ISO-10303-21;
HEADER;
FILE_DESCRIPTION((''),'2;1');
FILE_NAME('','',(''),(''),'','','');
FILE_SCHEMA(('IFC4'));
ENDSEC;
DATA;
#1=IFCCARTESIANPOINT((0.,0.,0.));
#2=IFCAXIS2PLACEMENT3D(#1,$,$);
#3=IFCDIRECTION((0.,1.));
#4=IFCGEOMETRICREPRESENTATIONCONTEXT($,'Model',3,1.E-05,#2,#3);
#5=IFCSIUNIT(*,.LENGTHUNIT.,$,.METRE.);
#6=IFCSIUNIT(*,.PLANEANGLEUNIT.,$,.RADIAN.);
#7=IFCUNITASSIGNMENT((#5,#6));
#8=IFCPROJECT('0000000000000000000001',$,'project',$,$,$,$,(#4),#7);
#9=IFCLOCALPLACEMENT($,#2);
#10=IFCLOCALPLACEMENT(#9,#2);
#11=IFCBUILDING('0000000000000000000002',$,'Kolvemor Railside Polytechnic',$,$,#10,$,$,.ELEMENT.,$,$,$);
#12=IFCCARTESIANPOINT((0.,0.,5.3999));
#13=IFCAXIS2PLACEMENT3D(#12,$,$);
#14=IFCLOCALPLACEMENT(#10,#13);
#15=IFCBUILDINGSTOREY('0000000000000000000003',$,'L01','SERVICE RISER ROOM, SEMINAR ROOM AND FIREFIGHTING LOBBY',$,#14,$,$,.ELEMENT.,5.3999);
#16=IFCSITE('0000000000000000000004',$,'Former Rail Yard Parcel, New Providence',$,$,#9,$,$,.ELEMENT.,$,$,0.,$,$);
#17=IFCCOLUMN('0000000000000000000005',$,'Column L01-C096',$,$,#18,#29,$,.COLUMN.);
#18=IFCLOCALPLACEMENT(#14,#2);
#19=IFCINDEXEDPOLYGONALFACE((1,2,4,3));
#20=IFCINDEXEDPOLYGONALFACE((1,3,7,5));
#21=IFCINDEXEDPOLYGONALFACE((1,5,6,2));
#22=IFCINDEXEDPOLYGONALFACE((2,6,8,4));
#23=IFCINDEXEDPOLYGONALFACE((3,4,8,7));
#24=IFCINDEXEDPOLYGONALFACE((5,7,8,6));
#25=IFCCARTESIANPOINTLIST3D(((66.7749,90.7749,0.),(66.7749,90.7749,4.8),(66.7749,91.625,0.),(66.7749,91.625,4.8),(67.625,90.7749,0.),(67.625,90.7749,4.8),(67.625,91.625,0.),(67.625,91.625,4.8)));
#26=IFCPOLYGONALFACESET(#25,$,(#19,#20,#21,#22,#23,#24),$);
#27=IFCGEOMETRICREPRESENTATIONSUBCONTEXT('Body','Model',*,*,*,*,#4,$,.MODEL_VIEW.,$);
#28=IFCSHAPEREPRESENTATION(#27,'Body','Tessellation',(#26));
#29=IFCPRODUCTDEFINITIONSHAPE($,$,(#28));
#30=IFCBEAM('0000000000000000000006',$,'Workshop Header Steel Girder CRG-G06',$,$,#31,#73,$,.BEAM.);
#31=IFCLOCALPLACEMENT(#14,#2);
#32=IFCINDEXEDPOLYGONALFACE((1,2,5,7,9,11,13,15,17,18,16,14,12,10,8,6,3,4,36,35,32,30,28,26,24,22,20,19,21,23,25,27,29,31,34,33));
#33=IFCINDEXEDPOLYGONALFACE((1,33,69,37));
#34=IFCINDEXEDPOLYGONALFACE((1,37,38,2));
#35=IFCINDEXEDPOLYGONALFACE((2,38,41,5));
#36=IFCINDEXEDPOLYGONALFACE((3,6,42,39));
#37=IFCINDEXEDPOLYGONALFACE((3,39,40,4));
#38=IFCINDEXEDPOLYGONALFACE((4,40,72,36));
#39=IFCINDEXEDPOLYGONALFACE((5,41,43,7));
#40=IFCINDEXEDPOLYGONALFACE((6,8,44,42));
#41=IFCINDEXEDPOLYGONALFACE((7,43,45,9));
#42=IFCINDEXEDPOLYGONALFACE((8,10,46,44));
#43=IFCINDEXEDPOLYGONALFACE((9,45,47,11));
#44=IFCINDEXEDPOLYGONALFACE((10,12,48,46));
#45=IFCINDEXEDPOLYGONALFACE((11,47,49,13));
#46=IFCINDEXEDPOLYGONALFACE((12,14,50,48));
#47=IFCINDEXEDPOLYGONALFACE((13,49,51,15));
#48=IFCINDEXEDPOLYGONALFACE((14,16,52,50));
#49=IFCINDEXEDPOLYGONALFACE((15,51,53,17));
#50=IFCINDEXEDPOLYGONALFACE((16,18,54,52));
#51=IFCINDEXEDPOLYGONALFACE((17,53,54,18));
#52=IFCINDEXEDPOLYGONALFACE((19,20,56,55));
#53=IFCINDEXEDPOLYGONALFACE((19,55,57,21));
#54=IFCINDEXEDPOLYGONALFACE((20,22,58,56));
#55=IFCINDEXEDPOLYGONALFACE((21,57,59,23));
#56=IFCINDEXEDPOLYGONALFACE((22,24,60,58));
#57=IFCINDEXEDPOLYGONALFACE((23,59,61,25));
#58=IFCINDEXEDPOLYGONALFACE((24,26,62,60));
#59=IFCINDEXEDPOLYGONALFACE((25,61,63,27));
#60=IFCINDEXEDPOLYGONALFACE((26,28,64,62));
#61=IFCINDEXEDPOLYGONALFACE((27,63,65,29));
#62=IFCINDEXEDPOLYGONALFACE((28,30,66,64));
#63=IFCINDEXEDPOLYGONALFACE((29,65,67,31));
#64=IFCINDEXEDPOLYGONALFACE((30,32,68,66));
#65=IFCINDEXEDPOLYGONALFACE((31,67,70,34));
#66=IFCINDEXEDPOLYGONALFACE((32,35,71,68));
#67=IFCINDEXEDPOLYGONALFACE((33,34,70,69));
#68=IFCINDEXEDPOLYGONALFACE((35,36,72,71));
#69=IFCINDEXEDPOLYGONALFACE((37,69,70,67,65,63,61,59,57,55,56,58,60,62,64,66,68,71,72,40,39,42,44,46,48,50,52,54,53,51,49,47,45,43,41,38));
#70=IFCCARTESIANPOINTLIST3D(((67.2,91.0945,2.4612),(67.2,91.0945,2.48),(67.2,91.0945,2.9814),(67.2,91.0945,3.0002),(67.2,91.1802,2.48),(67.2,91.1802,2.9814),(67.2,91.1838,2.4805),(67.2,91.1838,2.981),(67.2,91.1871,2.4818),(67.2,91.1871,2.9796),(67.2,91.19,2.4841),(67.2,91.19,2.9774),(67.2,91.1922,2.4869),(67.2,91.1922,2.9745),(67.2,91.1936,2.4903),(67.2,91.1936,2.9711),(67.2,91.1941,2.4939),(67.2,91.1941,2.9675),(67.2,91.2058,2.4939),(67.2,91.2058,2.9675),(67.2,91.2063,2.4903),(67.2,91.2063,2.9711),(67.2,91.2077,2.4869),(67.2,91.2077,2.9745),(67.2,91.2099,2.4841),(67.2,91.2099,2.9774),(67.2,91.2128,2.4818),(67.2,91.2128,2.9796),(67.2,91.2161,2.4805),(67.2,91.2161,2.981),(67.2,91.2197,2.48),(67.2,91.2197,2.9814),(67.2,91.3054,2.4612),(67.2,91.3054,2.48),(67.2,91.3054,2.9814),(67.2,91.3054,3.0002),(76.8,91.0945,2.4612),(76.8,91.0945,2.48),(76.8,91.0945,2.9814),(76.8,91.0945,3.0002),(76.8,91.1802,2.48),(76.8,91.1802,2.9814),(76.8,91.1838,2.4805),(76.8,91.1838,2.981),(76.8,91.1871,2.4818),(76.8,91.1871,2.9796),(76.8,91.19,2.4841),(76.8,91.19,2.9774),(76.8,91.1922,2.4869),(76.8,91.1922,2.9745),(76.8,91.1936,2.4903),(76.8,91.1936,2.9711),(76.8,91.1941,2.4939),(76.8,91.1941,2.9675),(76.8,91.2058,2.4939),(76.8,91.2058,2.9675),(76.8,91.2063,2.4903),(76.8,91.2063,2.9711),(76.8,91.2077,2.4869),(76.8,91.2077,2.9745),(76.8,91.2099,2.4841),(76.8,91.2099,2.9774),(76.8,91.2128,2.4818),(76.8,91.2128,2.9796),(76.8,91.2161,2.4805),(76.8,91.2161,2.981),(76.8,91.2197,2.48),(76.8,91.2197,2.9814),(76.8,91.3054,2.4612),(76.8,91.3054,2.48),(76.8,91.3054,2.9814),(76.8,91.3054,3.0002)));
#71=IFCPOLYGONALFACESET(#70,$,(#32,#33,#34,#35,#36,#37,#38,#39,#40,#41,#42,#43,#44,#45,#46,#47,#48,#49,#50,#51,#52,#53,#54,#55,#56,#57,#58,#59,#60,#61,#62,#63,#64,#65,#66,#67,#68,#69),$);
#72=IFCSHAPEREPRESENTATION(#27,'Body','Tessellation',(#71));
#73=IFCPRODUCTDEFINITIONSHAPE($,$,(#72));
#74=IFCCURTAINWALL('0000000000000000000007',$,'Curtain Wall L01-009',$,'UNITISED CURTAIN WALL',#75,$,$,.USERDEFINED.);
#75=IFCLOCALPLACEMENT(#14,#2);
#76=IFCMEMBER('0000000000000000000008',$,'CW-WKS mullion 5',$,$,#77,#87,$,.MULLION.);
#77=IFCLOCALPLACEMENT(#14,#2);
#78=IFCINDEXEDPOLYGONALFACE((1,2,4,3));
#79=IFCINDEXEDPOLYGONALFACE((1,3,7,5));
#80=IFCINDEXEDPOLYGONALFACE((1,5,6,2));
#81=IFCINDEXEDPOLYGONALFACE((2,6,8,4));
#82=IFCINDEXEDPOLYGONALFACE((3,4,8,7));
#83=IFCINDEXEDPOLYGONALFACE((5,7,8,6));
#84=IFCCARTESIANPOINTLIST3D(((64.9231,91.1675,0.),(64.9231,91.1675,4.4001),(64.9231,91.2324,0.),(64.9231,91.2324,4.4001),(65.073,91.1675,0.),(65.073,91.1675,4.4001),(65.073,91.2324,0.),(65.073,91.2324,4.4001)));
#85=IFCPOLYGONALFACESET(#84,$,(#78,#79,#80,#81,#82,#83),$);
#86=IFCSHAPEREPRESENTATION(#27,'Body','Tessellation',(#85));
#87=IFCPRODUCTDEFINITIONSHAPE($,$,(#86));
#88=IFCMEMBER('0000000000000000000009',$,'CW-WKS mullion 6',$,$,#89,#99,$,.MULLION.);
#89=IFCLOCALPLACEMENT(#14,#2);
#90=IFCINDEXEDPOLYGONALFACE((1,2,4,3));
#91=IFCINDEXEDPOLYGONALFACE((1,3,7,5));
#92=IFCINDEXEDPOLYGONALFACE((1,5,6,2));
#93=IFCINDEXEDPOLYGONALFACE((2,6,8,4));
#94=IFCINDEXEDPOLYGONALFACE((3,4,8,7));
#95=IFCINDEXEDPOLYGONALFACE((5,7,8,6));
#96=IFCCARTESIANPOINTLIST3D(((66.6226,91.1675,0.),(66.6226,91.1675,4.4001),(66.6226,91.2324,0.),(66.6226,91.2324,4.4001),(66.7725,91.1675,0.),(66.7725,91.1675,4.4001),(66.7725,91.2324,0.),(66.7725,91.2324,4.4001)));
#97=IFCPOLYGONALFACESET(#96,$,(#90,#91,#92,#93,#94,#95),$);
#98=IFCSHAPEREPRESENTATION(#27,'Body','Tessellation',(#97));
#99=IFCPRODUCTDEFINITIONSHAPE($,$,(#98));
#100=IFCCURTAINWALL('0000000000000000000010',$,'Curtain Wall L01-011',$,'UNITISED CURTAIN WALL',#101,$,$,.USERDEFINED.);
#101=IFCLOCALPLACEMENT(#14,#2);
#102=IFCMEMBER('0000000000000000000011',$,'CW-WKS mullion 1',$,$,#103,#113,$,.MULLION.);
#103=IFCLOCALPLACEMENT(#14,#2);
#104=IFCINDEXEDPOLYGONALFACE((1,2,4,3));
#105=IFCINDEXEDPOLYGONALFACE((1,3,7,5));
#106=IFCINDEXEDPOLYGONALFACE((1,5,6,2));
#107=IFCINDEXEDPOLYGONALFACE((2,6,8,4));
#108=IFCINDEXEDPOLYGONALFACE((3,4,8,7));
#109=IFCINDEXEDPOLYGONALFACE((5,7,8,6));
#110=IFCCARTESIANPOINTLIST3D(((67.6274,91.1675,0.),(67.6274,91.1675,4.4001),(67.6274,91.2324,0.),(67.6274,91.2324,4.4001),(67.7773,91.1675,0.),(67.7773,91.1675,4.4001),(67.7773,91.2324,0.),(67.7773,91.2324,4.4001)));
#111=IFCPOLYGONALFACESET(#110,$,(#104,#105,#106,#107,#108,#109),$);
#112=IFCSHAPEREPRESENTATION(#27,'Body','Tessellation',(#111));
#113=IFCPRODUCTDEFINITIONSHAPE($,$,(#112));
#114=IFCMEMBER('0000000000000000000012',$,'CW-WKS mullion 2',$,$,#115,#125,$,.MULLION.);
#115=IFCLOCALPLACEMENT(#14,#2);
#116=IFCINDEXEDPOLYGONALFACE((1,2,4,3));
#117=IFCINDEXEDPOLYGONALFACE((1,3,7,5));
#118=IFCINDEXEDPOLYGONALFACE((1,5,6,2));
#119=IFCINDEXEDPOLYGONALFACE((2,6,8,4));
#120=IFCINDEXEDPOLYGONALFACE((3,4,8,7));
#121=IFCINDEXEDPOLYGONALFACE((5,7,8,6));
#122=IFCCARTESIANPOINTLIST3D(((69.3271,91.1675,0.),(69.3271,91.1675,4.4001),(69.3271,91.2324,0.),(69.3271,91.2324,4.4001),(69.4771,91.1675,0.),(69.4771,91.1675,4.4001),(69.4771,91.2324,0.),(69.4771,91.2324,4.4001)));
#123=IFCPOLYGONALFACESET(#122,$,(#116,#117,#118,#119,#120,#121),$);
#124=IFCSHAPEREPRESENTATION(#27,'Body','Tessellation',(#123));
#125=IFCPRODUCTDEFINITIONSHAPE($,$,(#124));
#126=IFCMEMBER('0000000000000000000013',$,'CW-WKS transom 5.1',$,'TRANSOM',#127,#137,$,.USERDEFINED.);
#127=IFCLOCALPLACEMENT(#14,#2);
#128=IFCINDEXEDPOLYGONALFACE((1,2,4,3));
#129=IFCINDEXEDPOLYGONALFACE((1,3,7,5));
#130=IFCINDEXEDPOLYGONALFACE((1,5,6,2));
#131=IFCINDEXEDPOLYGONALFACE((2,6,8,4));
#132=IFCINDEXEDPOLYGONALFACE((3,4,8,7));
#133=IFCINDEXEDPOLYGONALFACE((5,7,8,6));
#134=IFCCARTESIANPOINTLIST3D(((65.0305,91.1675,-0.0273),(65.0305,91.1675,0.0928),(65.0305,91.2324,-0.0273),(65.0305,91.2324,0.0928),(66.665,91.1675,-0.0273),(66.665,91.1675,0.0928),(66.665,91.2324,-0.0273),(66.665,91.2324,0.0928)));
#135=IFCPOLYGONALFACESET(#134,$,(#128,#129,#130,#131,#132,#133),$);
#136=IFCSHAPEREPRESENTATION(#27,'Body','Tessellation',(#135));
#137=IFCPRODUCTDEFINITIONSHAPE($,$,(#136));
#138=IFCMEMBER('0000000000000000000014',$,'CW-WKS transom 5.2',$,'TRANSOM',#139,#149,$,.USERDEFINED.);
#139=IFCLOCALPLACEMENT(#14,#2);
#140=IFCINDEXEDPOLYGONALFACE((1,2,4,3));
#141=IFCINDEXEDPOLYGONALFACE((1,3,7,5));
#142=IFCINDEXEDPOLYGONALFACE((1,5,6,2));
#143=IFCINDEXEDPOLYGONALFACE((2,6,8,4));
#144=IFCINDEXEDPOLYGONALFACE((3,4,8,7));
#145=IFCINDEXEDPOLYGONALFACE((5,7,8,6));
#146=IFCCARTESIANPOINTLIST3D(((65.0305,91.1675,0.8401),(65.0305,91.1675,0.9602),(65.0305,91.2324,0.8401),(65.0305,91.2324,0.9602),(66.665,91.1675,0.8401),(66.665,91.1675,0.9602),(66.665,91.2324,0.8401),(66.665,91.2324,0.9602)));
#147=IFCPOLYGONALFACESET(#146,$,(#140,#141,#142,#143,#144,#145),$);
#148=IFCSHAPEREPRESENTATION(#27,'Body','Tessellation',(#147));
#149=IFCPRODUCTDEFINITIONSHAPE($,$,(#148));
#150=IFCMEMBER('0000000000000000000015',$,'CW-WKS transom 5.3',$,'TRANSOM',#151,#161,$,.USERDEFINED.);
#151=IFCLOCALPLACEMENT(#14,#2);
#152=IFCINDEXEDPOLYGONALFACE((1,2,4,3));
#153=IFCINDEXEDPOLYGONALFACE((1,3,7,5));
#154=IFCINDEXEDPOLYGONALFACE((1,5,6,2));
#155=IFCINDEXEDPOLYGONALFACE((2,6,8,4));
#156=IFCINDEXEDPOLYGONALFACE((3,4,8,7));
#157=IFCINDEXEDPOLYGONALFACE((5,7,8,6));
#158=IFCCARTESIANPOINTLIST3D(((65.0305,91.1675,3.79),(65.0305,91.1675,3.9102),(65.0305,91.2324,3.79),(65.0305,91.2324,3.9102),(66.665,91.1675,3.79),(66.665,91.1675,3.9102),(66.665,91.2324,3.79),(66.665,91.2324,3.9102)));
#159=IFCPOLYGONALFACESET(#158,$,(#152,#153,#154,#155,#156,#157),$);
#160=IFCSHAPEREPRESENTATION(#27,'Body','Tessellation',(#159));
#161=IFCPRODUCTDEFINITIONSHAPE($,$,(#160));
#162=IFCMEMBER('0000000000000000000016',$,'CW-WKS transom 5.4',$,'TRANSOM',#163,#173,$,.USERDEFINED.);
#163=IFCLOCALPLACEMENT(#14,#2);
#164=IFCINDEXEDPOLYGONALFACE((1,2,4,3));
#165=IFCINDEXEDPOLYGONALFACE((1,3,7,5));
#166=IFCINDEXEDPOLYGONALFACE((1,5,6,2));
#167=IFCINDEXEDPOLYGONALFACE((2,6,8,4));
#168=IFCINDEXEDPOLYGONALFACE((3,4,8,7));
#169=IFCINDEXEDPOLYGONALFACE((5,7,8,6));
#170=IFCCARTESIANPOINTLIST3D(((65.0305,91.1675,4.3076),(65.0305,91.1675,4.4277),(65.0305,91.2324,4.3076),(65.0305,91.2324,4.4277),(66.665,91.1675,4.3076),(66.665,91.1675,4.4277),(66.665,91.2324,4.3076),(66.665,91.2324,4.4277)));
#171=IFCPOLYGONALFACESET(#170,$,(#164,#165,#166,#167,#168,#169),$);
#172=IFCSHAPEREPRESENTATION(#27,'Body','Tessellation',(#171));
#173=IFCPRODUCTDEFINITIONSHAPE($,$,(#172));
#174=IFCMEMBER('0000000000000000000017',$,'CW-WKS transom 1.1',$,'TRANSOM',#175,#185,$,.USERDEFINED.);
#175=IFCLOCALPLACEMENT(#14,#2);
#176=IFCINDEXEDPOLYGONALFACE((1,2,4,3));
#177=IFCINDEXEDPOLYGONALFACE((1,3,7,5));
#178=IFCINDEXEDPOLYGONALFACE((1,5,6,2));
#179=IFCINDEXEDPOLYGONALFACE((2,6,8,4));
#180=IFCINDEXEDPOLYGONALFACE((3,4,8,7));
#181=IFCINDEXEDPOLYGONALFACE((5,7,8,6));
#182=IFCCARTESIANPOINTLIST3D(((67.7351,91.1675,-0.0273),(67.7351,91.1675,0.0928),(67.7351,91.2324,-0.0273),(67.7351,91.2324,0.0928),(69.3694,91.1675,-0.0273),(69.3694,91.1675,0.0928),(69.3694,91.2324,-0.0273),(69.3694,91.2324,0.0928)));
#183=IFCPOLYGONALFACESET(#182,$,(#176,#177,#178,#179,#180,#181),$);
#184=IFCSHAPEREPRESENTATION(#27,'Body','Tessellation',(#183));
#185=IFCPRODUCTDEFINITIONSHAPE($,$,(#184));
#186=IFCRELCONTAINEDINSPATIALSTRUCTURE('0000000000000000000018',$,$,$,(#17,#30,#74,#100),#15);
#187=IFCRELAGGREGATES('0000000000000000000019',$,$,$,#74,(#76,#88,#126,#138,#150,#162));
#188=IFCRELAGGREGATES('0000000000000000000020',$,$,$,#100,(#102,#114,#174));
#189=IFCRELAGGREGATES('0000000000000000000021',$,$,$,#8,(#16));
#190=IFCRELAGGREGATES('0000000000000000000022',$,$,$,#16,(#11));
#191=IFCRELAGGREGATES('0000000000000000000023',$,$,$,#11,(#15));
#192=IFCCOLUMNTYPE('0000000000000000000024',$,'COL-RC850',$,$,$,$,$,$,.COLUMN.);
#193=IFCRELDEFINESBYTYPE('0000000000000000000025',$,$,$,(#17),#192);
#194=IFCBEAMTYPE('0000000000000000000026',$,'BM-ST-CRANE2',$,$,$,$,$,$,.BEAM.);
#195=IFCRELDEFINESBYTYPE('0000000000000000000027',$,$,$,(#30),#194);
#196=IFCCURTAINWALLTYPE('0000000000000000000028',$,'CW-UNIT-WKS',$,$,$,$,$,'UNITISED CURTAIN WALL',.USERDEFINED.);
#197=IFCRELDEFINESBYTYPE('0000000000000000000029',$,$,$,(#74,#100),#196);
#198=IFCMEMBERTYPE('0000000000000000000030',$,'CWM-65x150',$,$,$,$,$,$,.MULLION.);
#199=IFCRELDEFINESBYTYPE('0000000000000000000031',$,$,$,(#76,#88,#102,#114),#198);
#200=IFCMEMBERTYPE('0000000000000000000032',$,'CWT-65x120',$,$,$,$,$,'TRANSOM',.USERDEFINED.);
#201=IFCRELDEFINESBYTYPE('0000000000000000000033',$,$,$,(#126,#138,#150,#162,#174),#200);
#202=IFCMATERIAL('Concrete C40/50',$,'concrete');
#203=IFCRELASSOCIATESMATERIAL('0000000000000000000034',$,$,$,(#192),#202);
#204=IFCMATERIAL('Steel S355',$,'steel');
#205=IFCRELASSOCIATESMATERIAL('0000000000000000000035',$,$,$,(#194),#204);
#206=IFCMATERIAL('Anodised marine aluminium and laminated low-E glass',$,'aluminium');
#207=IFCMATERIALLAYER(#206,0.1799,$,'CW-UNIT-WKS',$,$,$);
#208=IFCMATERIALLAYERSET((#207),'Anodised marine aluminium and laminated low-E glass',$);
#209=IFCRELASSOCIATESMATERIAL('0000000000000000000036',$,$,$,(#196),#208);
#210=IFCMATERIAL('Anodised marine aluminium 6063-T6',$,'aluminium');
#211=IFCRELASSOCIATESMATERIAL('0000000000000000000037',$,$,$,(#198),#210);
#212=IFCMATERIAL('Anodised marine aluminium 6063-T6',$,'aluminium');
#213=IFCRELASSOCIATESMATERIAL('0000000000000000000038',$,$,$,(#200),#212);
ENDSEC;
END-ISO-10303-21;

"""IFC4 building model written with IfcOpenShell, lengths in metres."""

from ifc_helpers import new_model, si_unit, direction, frame, origin, origin_2d, place, context, subcontext, project, spatial, rectangle, i_section, extrude, material, layer, layer_set, material_profile, profile_set, type_object, element, aggregate, save


model = new_model("IFC4")

# Units and contexts
model_context = context("Model", 3, precision=1e-05, world=origin(), true_north=direction((0.0, 1.0)))
body_context = subcontext(model_context, "Body", "Model", "MODEL_VIEW")
ifc_project = project(units=[si_unit("LENGTHUNIT", "METRE"), si_unit("PLANEANGLEUNIT", "RADIAN")], contexts=[model_context])

# Site, building, storey
site_placement = place(None, origin())
site = spatial("IfcSite", under=ifc_project, at=site_placement, Name="Former Rail Yard Parcel, New Providence", CompositionType="ELEMENT", RefElevation=0.0)
building_placement = place(site_placement, origin())
building = spatial("IfcBuilding", under=site, at=building_placement, Name="Kolvemor Railside Polytechnic", CompositionType="ELEMENT")
storey_placement = place(building_placement, frame((0.0, 0.0, 5.3999)))
storey = spatial("IfcBuildingStorey", under=building, at=storey_placement, Name="L01", Description="SERVICE RISER ROOM, SEMINAR ROOM AND FIREFIGHTING LOBBY", CompositionType="ELEMENT", Elevation=5.3999)

# Column
ifc_material_1 = material(Name="Concrete C40/50", Category="concrete")
ifc_material_profile_1 = material_profile(ifc_material_1, rectangle(XDim=0.8501, YDim=0.8501, at=origin_2d()), Name="RC850x850")
ifc_profile_set_1 = profile_set([ifc_material_profile_1], Name="Concrete C40/50")
column_type = type_object("IfcColumnType", Name="COL-RC850", PredefinedType="COLUMN", material=ifc_profile_set_1)
column_placement = place(storey_placement, frame((67.2, 91.2, 0.0), z_axis=(0.0, 0.0, 1.0), x_axis=(1.0, 0.0, 0.0)))
element("IfcColumn", 1, at=column_placement, inside=storey, type_object=column_type, Name="Column L01-C096", PredefinedType="COLUMN", context=body_context, shape_type="SweptSolid", body=[
    extrude(rectangle(XDim=0.8501, YDim=0.8501, at=origin_2d()), origin(), (0.0, 0.0, 1.0), 4.8),
])

# Beam
ifc_material_2 = material(Name="Steel S355", Category="steel")
ifc_material_profile_2 = material_profile(ifc_material_2, i_section(OverallWidth=0.2109, OverallDepth=0.5391, WebThickness=0.0117, FlangeThickness=0.0188, FilletRadius=0.0139, at=origin_2d()), Name="W530x109")
ifc_profile_set_2 = profile_set([ifc_material_profile_2], Name="Steel S355")
beam_type = type_object("IfcBeamType", Name="BM-ST-CRANE2", PredefinedType="BEAM", material=ifc_profile_set_2)
beam_placement = place(storey_placement, frame((67.2, 91.2, 2.7307), z_axis=(1.0, 0.0, 0.0), x_axis=(0.0, 1.0, 0.0)))
element("IfcBeam", 2, at=beam_placement, inside=storey, type_object=beam_type, Name="Workshop Header Steel Girder CRG-G06", PredefinedType="BEAM", context=body_context, shape_type="SweptSolid", body=[
    extrude(i_section(OverallWidth=0.2109, OverallDepth=0.5391, WebThickness=0.0117, FlangeThickness=0.0188, FilletRadius=0.0139, at=origin_2d()), origin(), (0.0, 0.0, 1.0), 9.6001),
])

# Curtain walls, members
ifc_material_3 = material(Name="Anodised marine aluminium and laminated low-E glass", Category="aluminium")
ifc_layer_1 = layer(ifc_material_3, 0.1799, Name="CW-UNIT-WKS")
ifc_layer_set_1 = layer_set([ifc_layer_1], Name="Anodised marine aluminium and laminated low-E glass")
curtain_wall_type = type_object("IfcCurtainWallType", Name="CW-UNIT-WKS", ElementType="UNITISED CURTAIN WALL", PredefinedType="USERDEFINED", material=ifc_layer_set_1)
curtain_wall_1_placement = place(storey_placement, origin())
curtain_wall_1 = element("IfcCurtainWall", 3, at=curtain_wall_1_placement, inside=storey, type_object=curtain_wall_type, Name="Curtain Wall L01-009", ObjectType="UNITISED CURTAIN WALL", PredefinedType="USERDEFINED")
ifc_material_4 = material(Name="Anodised marine aluminium 6063-T6", Category="aluminium")
ifc_material_profile_3 = material_profile(ifc_material_4, rectangle(XDim=0.0649, YDim=0.1499, at=origin_2d()), Name="CW-MUL-65x150")
ifc_profile_set_3 = profile_set([ifc_material_profile_3], Name="Anodised marine aluminium 6063-T6")
member_type_1 = type_object("IfcMemberType", Name="CWM-65x150", PredefinedType="MULLION", material=ifc_profile_set_3)
member_1_placement = place(storey_placement, frame((64.998, 91.2, 0.0), z_axis=(0.0, 0.0, 1.0), x_axis=(0.0, 1.0, 0.0)))
member_1 = element("IfcMember", 4, at=member_1_placement, type_object=member_type_1, Name="CW-WKS mullion 5", PredefinedType="MULLION", context=body_context, shape_type="SweptSolid", body=[
    extrude(rectangle(XDim=0.0649, YDim=0.1499, at=origin_2d()), origin(), (0.0, 0.0, 1.0), 4.4001),
])
member_2_placement = place(storey_placement, frame((66.6975, 91.2, 0.0), z_axis=(0.0, 0.0, 1.0), x_axis=(0.0, 1.0, 0.0)))
member_2 = element("IfcMember", 5, at=member_2_placement, type_object=member_type_1, Name="CW-WKS mullion 6", PredefinedType="MULLION", context=body_context, shape_type="SweptSolid", body=[
    extrude(rectangle(XDim=0.0649, YDim=0.1499, at=origin_2d()), origin(), (0.0, 0.0, 1.0), 4.4001),
])
curtain_wall_2_placement = place(storey_placement, origin())
curtain_wall_2 = element("IfcCurtainWall", 6, at=curtain_wall_2_placement, inside=storey, type_object=curtain_wall_type, Name="Curtain Wall L01-011", ObjectType="UNITISED CURTAIN WALL", PredefinedType="USERDEFINED")
member_3_placement = place(storey_placement, frame((67.7024, 91.2, 0.0), z_axis=(0.0, 0.0, 1.0), x_axis=(0.0, 1.0, 0.0)))
member_3 = element("IfcMember", 7, at=member_3_placement, type_object=member_type_1, Name="CW-WKS mullion 1", PredefinedType="MULLION", context=body_context, shape_type="SweptSolid", body=[
    extrude(rectangle(XDim=0.0649, YDim=0.1499, at=origin_2d()), origin(), (0.0, 0.0, 1.0), 4.4001),
])
member_4_placement = place(storey_placement, frame((69.4021, 91.2, 0.0), z_axis=(0.0, 0.0, 1.0), x_axis=(0.0, 1.0, 0.0)))
member_4 = element("IfcMember", 8, at=member_4_placement, type_object=member_type_1, Name="CW-WKS mullion 2", PredefinedType="MULLION", context=body_context, shape_type="SweptSolid", body=[
    extrude(rectangle(XDim=0.0649, YDim=0.1499, at=origin_2d()), origin(), (0.0, 0.0, 1.0), 4.4001),
])

# Members
ifc_material_5 = material(Name="Anodised marine aluminium 6063-T6", Category="aluminium")
ifc_material_profile_4 = material_profile(ifc_material_5, rectangle(XDim=0.0649, YDim=0.1201, at=origin_2d()), Name="CW-TRN-65x120")
ifc_profile_set_4 = profile_set([ifc_material_profile_4], Name="Anodised marine aluminium 6063-T6")
member_type_2 = type_object("IfcMemberType", Name="CWT-65x120", ElementType="TRANSOM", PredefinedType="USERDEFINED", material=ifc_profile_set_4)
member_5_placement = place(storey_placement, frame((65.0305, 91.2, 0.0327), z_axis=(1.0, 0.0, 0.0), x_axis=(0.0, 1.0, 0.0)))
member_5 = element("IfcMember", 9, at=member_5_placement, type_object=member_type_2, Name="CW-WKS transom 5.1", ObjectType="TRANSOM", PredefinedType="USERDEFINED", context=body_context, shape_type="SweptSolid", body=[
    extrude(rectangle(XDim=0.0649, YDim=0.1201, at=origin_2d()), origin(), (0.0, 0.0, 1.0), 1.6345),
])
member_6_placement = place(storey_placement, frame((65.0305, 91.2, 0.9001), z_axis=(1.0, 0.0, 0.0), x_axis=(0.0, 1.0, 0.0)))
member_6 = element("IfcMember", 10, at=member_6_placement, type_object=member_type_2, Name="CW-WKS transom 5.2", ObjectType="TRANSOM", PredefinedType="USERDEFINED", context=body_context, shape_type="SweptSolid", body=[
    extrude(rectangle(XDim=0.0649, YDim=0.1201, at=origin_2d()), origin(), (0.0, 0.0, 1.0), 1.6345),
])
member_7_placement = place(storey_placement, frame((65.0305, 91.2, 3.8501), z_axis=(1.0, 0.0, 0.0), x_axis=(0.0, 1.0, 0.0)))
member_7 = element("IfcMember", 11, at=member_7_placement, type_object=member_type_2, Name="CW-WKS transom 5.3", ObjectType="TRANSOM", PredefinedType="USERDEFINED", context=body_context, shape_type="SweptSolid", body=[
    extrude(rectangle(XDim=0.0649, YDim=0.1201, at=origin_2d()), origin(), (0.0, 0.0, 1.0), 1.6345),
])
member_8_placement = place(storey_placement, frame((65.0305, 91.2, 4.3677), z_axis=(1.0, 0.0, 0.0), x_axis=(0.0, 1.0, 0.0)))
member_8 = element("IfcMember", 12, at=member_8_placement, type_object=member_type_2, Name="CW-WKS transom 5.4", ObjectType="TRANSOM", PredefinedType="USERDEFINED", context=body_context, shape_type="SweptSolid", body=[
    extrude(rectangle(XDim=0.0649, YDim=0.1201, at=origin_2d()), origin(), (0.0, 0.0, 1.0), 1.6345),
])
member_9_placement = place(storey_placement, frame((67.7351, 91.2, 0.0327), z_axis=(1.0, 0.0, 0.0), x_axis=(0.0, 1.0, 0.0)))
member_9 = element("IfcMember", 13, at=member_9_placement, type_object=member_type_2, Name="CW-WKS transom 1.1", ObjectType="TRANSOM", PredefinedType="USERDEFINED", context=body_context, shape_type="SweptSolid", body=[
    extrude(rectangle(XDim=0.0649, YDim=0.1201, at=origin_2d()), origin(), (0.0, 0.0, 1.0), 1.6343),
])

aggregate(curtain_wall_1, [member_1, member_2, member_5, member_6, member_7, member_8])
aggregate(curtain_wall_2, [member_3, member_4, member_9])

save(model, "model.ifc")
